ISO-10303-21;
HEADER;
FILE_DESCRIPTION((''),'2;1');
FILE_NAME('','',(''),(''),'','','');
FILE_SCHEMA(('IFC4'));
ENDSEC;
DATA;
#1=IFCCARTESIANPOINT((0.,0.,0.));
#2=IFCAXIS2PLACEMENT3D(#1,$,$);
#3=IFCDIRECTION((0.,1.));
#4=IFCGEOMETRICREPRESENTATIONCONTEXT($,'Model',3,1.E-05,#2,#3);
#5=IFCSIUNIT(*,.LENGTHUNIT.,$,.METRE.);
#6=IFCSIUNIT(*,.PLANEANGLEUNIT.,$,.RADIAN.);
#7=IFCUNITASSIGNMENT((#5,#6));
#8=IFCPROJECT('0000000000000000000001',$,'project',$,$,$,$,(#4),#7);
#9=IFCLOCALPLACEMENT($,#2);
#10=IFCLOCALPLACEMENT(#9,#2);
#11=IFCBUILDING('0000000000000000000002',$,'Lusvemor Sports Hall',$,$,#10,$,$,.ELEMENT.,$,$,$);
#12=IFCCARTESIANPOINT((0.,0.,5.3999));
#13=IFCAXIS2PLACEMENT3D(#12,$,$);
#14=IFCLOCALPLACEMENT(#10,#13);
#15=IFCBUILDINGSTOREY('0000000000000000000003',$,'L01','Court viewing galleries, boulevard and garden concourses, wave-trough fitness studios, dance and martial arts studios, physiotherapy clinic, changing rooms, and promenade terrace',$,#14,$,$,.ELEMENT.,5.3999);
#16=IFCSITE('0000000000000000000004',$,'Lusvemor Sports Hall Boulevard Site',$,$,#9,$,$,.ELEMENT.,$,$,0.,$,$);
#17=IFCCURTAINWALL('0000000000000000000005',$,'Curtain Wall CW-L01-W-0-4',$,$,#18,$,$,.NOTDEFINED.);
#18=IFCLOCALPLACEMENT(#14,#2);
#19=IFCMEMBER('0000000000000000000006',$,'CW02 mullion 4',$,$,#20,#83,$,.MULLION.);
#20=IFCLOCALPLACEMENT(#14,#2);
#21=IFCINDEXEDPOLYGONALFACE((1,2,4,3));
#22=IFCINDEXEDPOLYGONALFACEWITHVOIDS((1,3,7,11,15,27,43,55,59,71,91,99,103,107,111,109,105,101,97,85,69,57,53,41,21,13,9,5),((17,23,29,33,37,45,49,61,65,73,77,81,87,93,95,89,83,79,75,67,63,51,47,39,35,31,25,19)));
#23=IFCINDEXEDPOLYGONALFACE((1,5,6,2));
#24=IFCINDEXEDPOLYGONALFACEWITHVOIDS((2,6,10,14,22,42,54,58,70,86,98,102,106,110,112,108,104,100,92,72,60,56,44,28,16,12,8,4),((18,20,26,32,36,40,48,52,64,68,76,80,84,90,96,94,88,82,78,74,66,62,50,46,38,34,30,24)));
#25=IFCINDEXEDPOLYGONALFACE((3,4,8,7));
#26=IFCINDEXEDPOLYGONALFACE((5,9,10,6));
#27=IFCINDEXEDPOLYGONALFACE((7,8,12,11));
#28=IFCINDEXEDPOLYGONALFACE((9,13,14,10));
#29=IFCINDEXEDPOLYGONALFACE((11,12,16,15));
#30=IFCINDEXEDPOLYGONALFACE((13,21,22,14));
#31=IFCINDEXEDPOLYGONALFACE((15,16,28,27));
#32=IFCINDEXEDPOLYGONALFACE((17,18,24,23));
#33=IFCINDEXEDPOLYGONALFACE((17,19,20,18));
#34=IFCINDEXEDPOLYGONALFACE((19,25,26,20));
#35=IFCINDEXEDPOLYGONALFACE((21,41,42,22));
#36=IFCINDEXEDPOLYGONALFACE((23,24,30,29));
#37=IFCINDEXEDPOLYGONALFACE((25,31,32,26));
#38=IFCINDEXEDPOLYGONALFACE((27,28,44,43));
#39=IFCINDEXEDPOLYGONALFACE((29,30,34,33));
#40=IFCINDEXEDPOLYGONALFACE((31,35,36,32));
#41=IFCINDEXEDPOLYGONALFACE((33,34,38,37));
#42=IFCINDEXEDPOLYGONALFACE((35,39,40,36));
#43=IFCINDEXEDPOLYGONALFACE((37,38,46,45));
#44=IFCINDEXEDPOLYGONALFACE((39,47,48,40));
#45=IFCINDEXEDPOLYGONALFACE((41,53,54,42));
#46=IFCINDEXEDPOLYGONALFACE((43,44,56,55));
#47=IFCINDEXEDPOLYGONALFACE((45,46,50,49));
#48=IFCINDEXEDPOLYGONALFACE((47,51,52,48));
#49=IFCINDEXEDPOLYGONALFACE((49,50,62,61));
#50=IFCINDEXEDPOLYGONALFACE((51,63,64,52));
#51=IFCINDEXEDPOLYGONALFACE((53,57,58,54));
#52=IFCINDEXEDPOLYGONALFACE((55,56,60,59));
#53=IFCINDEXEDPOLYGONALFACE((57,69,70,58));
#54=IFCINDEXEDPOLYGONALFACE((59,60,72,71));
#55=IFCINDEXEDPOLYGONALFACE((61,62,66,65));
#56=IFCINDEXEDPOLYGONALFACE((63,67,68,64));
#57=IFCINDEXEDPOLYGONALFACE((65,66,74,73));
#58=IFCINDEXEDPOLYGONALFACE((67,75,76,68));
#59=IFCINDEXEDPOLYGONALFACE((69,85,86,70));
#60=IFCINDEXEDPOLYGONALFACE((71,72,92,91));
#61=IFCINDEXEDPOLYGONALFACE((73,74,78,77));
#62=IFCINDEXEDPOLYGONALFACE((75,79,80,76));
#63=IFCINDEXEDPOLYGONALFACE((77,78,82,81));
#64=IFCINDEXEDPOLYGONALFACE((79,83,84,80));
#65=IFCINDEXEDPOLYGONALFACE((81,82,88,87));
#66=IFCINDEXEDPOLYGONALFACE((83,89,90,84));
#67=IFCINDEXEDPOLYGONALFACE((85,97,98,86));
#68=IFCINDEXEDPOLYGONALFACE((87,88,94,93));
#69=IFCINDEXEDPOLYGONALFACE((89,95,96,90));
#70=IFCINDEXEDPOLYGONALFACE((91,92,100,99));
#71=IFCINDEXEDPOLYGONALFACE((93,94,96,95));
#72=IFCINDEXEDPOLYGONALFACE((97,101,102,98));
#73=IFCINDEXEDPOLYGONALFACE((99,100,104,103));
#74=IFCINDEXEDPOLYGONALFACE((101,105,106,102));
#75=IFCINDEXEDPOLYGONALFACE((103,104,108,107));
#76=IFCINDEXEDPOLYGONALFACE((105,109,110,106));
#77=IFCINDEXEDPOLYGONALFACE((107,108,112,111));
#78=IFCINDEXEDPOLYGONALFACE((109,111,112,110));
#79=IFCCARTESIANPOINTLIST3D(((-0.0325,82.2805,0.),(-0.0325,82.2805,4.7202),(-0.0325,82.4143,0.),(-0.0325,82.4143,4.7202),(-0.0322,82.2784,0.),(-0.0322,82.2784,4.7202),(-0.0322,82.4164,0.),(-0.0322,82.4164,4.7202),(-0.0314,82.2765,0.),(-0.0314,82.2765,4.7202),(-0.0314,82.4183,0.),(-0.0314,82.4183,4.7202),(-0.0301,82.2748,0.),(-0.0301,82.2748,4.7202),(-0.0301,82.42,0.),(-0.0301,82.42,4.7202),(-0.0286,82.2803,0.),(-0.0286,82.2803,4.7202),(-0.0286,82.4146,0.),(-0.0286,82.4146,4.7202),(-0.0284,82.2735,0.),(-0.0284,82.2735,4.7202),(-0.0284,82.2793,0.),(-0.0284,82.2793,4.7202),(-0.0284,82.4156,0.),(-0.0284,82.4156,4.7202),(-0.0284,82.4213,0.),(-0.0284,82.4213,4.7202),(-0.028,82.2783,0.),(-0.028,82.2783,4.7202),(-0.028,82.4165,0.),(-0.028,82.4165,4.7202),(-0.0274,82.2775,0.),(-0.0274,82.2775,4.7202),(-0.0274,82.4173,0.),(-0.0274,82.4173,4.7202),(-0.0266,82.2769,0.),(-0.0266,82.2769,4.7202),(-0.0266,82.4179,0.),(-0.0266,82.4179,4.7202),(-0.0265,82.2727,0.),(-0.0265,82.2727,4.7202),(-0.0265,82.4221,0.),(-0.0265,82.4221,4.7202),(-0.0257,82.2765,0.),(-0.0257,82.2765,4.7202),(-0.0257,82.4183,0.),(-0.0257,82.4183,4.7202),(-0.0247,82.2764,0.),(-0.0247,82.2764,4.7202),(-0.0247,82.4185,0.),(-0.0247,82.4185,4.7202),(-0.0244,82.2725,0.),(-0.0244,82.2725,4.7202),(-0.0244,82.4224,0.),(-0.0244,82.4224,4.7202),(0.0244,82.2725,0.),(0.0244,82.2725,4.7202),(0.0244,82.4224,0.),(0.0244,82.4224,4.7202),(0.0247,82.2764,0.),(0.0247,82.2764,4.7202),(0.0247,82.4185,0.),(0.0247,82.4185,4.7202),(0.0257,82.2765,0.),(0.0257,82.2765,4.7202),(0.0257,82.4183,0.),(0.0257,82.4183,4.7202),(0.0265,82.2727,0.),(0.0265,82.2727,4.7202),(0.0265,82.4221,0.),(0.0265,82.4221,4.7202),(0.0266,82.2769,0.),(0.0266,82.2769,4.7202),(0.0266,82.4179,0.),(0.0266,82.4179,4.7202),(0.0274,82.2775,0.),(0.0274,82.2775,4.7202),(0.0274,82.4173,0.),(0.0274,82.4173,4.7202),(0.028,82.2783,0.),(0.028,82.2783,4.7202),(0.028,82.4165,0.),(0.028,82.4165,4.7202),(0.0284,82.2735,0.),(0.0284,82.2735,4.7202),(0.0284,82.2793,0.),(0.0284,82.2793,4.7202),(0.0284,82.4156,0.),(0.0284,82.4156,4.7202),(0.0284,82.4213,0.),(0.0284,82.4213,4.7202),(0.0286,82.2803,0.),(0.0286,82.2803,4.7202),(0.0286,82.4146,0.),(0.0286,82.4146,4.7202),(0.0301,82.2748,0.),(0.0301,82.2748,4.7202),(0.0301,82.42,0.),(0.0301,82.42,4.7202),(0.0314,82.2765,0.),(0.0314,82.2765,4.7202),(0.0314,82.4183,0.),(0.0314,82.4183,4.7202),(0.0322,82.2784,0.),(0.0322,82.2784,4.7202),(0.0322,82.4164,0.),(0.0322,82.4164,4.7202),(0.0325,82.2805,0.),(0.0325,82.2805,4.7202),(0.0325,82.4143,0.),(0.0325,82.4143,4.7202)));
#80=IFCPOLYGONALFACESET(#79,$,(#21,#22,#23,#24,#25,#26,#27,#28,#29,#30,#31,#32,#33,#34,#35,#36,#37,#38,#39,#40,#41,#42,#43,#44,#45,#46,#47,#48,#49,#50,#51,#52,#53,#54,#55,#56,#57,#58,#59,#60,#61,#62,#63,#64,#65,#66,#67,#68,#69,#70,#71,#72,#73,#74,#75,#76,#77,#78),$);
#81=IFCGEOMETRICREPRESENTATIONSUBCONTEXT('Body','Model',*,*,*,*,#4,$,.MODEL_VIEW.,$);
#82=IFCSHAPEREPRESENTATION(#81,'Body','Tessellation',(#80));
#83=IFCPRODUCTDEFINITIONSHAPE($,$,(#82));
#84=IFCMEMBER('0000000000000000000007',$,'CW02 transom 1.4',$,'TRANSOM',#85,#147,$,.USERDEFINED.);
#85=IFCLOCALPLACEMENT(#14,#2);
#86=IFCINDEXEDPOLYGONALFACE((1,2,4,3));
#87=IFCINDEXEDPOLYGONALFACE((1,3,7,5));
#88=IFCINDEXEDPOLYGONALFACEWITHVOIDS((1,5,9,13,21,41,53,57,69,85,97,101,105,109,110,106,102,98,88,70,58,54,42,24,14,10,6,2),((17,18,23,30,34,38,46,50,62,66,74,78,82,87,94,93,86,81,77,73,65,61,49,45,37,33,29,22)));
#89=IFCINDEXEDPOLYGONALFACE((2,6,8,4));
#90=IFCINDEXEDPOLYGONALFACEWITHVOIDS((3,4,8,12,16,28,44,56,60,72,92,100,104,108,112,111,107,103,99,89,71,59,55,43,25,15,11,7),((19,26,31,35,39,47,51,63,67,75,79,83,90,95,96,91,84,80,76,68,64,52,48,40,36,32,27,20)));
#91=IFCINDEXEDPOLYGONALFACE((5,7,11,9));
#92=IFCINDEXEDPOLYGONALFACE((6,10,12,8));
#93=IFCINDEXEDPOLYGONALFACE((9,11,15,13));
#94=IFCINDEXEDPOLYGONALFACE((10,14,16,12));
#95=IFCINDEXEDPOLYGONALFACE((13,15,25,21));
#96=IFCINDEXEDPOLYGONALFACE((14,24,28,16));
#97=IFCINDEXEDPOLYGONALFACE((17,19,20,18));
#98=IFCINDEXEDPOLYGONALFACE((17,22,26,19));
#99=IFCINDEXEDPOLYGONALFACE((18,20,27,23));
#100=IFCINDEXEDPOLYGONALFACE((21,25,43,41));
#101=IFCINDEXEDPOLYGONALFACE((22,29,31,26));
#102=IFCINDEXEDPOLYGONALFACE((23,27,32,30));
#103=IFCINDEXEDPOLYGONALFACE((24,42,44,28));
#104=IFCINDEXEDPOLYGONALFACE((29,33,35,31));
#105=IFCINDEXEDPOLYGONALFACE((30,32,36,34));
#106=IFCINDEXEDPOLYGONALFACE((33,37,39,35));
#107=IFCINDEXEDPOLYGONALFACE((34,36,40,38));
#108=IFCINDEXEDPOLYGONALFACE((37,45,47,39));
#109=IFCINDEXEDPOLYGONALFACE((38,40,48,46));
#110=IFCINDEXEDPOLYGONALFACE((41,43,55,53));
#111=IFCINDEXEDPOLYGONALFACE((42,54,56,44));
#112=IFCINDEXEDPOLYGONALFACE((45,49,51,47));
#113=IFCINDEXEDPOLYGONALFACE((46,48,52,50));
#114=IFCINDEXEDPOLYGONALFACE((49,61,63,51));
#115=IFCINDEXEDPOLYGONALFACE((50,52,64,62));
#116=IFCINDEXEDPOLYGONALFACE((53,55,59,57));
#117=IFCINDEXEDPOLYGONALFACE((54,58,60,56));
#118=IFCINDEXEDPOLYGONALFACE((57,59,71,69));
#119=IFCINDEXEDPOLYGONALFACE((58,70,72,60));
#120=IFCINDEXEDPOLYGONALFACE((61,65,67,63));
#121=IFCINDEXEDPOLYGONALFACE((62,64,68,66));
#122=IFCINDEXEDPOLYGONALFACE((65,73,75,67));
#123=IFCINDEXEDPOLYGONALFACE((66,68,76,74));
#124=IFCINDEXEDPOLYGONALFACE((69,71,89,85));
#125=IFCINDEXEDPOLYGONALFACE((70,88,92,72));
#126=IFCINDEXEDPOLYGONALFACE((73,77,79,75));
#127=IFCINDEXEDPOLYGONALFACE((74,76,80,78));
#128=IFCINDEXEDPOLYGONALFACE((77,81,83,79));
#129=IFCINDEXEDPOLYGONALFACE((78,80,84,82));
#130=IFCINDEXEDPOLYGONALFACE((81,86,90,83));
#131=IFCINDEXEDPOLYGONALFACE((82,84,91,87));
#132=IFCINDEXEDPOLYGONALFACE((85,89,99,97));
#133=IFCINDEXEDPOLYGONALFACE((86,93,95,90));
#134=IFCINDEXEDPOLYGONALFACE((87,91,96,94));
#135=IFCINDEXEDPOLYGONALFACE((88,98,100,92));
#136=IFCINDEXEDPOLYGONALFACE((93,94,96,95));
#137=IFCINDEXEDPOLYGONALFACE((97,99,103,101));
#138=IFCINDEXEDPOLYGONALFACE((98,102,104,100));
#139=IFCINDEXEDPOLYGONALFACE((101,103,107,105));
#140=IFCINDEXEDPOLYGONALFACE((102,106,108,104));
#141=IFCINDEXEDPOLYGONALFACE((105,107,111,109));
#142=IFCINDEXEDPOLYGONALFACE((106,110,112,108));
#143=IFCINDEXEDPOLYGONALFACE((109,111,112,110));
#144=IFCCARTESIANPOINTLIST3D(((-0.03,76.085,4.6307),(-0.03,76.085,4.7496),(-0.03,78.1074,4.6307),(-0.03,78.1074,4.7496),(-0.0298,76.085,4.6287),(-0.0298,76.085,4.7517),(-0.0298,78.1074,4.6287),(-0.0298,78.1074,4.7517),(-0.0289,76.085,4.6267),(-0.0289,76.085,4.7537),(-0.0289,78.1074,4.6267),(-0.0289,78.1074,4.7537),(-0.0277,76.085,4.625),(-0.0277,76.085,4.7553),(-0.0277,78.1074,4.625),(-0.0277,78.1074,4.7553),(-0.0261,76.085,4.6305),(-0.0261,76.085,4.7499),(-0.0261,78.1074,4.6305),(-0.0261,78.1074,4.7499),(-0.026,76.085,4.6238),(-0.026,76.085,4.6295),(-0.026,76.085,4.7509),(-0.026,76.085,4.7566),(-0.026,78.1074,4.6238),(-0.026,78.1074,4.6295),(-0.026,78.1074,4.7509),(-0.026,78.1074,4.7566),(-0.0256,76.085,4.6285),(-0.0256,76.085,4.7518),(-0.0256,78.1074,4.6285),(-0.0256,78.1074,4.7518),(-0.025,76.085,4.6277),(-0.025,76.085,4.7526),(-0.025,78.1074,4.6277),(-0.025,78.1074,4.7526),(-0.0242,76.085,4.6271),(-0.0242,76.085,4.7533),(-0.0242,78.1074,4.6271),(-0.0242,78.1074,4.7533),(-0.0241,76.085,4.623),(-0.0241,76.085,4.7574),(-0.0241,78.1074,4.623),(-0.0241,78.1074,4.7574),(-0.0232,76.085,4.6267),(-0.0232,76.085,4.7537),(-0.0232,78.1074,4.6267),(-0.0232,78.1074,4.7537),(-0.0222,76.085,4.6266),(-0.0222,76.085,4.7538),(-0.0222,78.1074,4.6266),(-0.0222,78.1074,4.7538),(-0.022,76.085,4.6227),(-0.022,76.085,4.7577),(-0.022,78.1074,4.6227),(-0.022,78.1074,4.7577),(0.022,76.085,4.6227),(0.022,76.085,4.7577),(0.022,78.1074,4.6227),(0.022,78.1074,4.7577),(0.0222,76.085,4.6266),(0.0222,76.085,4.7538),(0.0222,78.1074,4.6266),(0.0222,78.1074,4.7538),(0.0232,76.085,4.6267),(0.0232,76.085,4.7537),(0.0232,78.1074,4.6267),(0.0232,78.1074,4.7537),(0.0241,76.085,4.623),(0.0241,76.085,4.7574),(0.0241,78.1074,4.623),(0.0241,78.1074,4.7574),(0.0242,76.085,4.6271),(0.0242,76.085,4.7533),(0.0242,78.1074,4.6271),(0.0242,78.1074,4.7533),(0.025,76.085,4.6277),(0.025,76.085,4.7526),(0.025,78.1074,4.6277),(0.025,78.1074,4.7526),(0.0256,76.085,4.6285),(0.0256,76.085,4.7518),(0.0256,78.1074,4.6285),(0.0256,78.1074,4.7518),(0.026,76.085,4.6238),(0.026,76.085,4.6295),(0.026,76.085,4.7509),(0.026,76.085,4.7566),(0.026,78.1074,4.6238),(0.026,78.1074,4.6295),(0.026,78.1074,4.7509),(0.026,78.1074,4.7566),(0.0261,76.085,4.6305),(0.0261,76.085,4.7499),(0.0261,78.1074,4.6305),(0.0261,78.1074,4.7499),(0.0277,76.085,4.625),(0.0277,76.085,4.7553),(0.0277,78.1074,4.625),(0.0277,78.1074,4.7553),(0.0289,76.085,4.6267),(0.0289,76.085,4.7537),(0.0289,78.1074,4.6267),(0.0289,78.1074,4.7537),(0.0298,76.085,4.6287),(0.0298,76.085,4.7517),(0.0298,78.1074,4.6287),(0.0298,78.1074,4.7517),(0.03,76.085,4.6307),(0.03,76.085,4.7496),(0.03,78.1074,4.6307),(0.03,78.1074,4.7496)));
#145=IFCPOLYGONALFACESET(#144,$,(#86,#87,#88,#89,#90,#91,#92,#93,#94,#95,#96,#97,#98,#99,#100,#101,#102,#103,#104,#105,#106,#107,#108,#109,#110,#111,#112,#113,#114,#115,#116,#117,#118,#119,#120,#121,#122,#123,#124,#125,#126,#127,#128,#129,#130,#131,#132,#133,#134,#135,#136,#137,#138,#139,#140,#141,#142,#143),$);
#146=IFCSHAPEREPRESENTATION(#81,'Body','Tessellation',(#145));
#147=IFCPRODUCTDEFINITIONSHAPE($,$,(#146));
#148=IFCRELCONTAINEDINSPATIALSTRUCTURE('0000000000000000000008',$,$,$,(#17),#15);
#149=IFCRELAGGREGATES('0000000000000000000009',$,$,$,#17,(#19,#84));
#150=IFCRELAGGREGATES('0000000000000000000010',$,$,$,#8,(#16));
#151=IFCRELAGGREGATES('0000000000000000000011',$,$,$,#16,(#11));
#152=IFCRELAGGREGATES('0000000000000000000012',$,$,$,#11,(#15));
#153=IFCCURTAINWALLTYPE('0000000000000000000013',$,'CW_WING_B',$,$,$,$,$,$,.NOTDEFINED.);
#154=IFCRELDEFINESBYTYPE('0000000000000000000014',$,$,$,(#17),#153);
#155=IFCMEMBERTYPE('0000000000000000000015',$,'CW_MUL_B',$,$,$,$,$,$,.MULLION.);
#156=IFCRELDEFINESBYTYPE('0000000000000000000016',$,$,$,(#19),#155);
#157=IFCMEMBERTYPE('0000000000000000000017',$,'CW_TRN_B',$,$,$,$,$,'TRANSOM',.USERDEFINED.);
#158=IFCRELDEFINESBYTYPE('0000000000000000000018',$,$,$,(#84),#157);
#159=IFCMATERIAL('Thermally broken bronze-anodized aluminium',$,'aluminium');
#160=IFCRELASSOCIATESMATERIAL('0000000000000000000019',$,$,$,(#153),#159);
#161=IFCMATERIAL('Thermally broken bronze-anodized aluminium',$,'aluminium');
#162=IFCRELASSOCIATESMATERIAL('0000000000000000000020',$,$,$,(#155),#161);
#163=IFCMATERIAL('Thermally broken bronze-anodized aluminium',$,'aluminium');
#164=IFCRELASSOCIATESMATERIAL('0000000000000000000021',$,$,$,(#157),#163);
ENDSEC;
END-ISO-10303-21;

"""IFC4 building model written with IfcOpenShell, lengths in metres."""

from ifc_helpers import new_model, si_unit, direction, frame, origin, origin_2d, place, context, subcontext, project, spatial, hollow_rectangle, extrude, material, material_profile, profile_set, type_object, element, aggregate, save


model = new_model("IFC4")

# Units and contexts
model_context = context("Model", 3, precision=1e-05, world=origin(), true_north=direction((0.0, 1.0)))
body_context = subcontext(model_context, "Body", "Model", "MODEL_VIEW")
ifc_project = project(units=[si_unit("LENGTHUNIT", "METRE"), si_unit("PLANEANGLEUNIT", "RADIAN")], contexts=[model_context])

# Site, building, storey
site_placement = place(None, origin())
site = spatial("IfcSite", under=ifc_project, at=site_placement, Name="Lusvemor Sports Hall Boulevard Site", CompositionType="ELEMENT", RefElevation=0.0)
building_placement = place(site_placement, origin())
building = spatial("IfcBuilding", under=site, at=building_placement, Name="Lusvemor Sports Hall", CompositionType="ELEMENT")
storey_placement = place(building_placement, frame((0.0, 0.0, 5.3999)))
storey = spatial("IfcBuildingStorey", under=building, at=storey_placement, Name="L01", Description="Court viewing galleries, boulevard and garden concourses, wave-trough fitness studios, dance and martial arts studios, physiotherapy clinic, changing rooms, and promenade terrace", CompositionType="ELEMENT", Elevation=5.3999)

# Curtain wall, members
ifc_material_1 = material(Name="Thermally broken bronze-anodized aluminium", Category="aluminium")
curtain_wall_type = type_object("IfcCurtainWallType", Name="CW_WING_B", PredefinedType="NOTDEFINED", material=ifc_material_1)
curtain_wall_placement = place(storey_placement, origin())
curtain_wall = element("IfcCurtainWall", 1, at=curtain_wall_placement, inside=storey, type_object=curtain_wall_type, Name="Curtain Wall CW-L01-W-0-4", PredefinedType="NOTDEFINED")
ifc_material_2 = material(Name="Thermally broken bronze-anodized aluminium", Category="aluminium")
ifc_material_profile_1 = material_profile(ifc_material_2, hollow_rectangle(XDim=0.0649, YDim=0.1499, WallThickness=0.0039, InnerFilletRadius=0.0039, OuterFilletRadius=0.0081, at=origin_2d()), Name="CWMUL150x65x4")
ifc_profile_set_1 = profile_set([ifc_material_profile_1], Name="Thermally broken bronze-anodized aluminium")
member_type_1 = type_object("IfcMemberType", Name="CW_MUL_B", PredefinedType="MULLION", material=ifc_profile_set_1)
member_1_placement = place(storey_placement, frame((0.0, 82.3474, 0.0), z_axis=(0.0, 0.0, 1.0), x_axis=(-1.0, 0.0, 0.0)))
member_1 = element("IfcMember", 2, at=member_1_placement, type_object=member_type_1, Name="CW02 mullion 4", PredefinedType="MULLION", context=body_context, shape_type="SweptSolid", body=[
    extrude(hollow_rectangle(XDim=0.0649, YDim=0.1499, WallThickness=0.0039, InnerFilletRadius=0.0039, OuterFilletRadius=0.0081, at=origin_2d()), origin(), (0.0, 0.0, 1.0), 4.7202),
])
ifc_material_3 = material(Name="Thermally broken bronze-anodized aluminium", Category="aluminium")
ifc_material_profile_2 = material_profile(ifc_material_3, hollow_rectangle(XDim=0.0601, YDim=0.135, WallThickness=0.0039, InnerFilletRadius=0.0039, OuterFilletRadius=0.0081, at=origin_2d()), Name="CWTRN135x60x4")
ifc_profile_set_2 = profile_set([ifc_material_profile_2], Name="Thermally broken bronze-anodized aluminium")
member_type_2 = type_object("IfcMemberType", Name="CW_TRN_B", ElementType="TRANSOM", PredefinedType="USERDEFINED", material=ifc_profile_set_2)
member_2_placement = place(storey_placement, frame((0.0, 76.085, 4.6902), z_axis=(0.0, 1.0, 0.0), x_axis=(-1.0, 0.0, 0.0)))
member_2 = element("IfcMember", 3, at=member_2_placement, type_object=member_type_2, Name="CW02 transom 1.4", ObjectType="TRANSOM", PredefinedType="USERDEFINED", context=body_context, shape_type="SweptSolid", body=[
    extrude(hollow_rectangle(XDim=0.0601, YDim=0.135, WallThickness=0.0039, InnerFilletRadius=0.0039, OuterFilletRadius=0.0081, at=origin_2d()), origin(), (0.0, 0.0, 1.0), 2.0225),
])

aggregate(curtain_wall, [member_1, member_2])

save(model, "model.ifc")
